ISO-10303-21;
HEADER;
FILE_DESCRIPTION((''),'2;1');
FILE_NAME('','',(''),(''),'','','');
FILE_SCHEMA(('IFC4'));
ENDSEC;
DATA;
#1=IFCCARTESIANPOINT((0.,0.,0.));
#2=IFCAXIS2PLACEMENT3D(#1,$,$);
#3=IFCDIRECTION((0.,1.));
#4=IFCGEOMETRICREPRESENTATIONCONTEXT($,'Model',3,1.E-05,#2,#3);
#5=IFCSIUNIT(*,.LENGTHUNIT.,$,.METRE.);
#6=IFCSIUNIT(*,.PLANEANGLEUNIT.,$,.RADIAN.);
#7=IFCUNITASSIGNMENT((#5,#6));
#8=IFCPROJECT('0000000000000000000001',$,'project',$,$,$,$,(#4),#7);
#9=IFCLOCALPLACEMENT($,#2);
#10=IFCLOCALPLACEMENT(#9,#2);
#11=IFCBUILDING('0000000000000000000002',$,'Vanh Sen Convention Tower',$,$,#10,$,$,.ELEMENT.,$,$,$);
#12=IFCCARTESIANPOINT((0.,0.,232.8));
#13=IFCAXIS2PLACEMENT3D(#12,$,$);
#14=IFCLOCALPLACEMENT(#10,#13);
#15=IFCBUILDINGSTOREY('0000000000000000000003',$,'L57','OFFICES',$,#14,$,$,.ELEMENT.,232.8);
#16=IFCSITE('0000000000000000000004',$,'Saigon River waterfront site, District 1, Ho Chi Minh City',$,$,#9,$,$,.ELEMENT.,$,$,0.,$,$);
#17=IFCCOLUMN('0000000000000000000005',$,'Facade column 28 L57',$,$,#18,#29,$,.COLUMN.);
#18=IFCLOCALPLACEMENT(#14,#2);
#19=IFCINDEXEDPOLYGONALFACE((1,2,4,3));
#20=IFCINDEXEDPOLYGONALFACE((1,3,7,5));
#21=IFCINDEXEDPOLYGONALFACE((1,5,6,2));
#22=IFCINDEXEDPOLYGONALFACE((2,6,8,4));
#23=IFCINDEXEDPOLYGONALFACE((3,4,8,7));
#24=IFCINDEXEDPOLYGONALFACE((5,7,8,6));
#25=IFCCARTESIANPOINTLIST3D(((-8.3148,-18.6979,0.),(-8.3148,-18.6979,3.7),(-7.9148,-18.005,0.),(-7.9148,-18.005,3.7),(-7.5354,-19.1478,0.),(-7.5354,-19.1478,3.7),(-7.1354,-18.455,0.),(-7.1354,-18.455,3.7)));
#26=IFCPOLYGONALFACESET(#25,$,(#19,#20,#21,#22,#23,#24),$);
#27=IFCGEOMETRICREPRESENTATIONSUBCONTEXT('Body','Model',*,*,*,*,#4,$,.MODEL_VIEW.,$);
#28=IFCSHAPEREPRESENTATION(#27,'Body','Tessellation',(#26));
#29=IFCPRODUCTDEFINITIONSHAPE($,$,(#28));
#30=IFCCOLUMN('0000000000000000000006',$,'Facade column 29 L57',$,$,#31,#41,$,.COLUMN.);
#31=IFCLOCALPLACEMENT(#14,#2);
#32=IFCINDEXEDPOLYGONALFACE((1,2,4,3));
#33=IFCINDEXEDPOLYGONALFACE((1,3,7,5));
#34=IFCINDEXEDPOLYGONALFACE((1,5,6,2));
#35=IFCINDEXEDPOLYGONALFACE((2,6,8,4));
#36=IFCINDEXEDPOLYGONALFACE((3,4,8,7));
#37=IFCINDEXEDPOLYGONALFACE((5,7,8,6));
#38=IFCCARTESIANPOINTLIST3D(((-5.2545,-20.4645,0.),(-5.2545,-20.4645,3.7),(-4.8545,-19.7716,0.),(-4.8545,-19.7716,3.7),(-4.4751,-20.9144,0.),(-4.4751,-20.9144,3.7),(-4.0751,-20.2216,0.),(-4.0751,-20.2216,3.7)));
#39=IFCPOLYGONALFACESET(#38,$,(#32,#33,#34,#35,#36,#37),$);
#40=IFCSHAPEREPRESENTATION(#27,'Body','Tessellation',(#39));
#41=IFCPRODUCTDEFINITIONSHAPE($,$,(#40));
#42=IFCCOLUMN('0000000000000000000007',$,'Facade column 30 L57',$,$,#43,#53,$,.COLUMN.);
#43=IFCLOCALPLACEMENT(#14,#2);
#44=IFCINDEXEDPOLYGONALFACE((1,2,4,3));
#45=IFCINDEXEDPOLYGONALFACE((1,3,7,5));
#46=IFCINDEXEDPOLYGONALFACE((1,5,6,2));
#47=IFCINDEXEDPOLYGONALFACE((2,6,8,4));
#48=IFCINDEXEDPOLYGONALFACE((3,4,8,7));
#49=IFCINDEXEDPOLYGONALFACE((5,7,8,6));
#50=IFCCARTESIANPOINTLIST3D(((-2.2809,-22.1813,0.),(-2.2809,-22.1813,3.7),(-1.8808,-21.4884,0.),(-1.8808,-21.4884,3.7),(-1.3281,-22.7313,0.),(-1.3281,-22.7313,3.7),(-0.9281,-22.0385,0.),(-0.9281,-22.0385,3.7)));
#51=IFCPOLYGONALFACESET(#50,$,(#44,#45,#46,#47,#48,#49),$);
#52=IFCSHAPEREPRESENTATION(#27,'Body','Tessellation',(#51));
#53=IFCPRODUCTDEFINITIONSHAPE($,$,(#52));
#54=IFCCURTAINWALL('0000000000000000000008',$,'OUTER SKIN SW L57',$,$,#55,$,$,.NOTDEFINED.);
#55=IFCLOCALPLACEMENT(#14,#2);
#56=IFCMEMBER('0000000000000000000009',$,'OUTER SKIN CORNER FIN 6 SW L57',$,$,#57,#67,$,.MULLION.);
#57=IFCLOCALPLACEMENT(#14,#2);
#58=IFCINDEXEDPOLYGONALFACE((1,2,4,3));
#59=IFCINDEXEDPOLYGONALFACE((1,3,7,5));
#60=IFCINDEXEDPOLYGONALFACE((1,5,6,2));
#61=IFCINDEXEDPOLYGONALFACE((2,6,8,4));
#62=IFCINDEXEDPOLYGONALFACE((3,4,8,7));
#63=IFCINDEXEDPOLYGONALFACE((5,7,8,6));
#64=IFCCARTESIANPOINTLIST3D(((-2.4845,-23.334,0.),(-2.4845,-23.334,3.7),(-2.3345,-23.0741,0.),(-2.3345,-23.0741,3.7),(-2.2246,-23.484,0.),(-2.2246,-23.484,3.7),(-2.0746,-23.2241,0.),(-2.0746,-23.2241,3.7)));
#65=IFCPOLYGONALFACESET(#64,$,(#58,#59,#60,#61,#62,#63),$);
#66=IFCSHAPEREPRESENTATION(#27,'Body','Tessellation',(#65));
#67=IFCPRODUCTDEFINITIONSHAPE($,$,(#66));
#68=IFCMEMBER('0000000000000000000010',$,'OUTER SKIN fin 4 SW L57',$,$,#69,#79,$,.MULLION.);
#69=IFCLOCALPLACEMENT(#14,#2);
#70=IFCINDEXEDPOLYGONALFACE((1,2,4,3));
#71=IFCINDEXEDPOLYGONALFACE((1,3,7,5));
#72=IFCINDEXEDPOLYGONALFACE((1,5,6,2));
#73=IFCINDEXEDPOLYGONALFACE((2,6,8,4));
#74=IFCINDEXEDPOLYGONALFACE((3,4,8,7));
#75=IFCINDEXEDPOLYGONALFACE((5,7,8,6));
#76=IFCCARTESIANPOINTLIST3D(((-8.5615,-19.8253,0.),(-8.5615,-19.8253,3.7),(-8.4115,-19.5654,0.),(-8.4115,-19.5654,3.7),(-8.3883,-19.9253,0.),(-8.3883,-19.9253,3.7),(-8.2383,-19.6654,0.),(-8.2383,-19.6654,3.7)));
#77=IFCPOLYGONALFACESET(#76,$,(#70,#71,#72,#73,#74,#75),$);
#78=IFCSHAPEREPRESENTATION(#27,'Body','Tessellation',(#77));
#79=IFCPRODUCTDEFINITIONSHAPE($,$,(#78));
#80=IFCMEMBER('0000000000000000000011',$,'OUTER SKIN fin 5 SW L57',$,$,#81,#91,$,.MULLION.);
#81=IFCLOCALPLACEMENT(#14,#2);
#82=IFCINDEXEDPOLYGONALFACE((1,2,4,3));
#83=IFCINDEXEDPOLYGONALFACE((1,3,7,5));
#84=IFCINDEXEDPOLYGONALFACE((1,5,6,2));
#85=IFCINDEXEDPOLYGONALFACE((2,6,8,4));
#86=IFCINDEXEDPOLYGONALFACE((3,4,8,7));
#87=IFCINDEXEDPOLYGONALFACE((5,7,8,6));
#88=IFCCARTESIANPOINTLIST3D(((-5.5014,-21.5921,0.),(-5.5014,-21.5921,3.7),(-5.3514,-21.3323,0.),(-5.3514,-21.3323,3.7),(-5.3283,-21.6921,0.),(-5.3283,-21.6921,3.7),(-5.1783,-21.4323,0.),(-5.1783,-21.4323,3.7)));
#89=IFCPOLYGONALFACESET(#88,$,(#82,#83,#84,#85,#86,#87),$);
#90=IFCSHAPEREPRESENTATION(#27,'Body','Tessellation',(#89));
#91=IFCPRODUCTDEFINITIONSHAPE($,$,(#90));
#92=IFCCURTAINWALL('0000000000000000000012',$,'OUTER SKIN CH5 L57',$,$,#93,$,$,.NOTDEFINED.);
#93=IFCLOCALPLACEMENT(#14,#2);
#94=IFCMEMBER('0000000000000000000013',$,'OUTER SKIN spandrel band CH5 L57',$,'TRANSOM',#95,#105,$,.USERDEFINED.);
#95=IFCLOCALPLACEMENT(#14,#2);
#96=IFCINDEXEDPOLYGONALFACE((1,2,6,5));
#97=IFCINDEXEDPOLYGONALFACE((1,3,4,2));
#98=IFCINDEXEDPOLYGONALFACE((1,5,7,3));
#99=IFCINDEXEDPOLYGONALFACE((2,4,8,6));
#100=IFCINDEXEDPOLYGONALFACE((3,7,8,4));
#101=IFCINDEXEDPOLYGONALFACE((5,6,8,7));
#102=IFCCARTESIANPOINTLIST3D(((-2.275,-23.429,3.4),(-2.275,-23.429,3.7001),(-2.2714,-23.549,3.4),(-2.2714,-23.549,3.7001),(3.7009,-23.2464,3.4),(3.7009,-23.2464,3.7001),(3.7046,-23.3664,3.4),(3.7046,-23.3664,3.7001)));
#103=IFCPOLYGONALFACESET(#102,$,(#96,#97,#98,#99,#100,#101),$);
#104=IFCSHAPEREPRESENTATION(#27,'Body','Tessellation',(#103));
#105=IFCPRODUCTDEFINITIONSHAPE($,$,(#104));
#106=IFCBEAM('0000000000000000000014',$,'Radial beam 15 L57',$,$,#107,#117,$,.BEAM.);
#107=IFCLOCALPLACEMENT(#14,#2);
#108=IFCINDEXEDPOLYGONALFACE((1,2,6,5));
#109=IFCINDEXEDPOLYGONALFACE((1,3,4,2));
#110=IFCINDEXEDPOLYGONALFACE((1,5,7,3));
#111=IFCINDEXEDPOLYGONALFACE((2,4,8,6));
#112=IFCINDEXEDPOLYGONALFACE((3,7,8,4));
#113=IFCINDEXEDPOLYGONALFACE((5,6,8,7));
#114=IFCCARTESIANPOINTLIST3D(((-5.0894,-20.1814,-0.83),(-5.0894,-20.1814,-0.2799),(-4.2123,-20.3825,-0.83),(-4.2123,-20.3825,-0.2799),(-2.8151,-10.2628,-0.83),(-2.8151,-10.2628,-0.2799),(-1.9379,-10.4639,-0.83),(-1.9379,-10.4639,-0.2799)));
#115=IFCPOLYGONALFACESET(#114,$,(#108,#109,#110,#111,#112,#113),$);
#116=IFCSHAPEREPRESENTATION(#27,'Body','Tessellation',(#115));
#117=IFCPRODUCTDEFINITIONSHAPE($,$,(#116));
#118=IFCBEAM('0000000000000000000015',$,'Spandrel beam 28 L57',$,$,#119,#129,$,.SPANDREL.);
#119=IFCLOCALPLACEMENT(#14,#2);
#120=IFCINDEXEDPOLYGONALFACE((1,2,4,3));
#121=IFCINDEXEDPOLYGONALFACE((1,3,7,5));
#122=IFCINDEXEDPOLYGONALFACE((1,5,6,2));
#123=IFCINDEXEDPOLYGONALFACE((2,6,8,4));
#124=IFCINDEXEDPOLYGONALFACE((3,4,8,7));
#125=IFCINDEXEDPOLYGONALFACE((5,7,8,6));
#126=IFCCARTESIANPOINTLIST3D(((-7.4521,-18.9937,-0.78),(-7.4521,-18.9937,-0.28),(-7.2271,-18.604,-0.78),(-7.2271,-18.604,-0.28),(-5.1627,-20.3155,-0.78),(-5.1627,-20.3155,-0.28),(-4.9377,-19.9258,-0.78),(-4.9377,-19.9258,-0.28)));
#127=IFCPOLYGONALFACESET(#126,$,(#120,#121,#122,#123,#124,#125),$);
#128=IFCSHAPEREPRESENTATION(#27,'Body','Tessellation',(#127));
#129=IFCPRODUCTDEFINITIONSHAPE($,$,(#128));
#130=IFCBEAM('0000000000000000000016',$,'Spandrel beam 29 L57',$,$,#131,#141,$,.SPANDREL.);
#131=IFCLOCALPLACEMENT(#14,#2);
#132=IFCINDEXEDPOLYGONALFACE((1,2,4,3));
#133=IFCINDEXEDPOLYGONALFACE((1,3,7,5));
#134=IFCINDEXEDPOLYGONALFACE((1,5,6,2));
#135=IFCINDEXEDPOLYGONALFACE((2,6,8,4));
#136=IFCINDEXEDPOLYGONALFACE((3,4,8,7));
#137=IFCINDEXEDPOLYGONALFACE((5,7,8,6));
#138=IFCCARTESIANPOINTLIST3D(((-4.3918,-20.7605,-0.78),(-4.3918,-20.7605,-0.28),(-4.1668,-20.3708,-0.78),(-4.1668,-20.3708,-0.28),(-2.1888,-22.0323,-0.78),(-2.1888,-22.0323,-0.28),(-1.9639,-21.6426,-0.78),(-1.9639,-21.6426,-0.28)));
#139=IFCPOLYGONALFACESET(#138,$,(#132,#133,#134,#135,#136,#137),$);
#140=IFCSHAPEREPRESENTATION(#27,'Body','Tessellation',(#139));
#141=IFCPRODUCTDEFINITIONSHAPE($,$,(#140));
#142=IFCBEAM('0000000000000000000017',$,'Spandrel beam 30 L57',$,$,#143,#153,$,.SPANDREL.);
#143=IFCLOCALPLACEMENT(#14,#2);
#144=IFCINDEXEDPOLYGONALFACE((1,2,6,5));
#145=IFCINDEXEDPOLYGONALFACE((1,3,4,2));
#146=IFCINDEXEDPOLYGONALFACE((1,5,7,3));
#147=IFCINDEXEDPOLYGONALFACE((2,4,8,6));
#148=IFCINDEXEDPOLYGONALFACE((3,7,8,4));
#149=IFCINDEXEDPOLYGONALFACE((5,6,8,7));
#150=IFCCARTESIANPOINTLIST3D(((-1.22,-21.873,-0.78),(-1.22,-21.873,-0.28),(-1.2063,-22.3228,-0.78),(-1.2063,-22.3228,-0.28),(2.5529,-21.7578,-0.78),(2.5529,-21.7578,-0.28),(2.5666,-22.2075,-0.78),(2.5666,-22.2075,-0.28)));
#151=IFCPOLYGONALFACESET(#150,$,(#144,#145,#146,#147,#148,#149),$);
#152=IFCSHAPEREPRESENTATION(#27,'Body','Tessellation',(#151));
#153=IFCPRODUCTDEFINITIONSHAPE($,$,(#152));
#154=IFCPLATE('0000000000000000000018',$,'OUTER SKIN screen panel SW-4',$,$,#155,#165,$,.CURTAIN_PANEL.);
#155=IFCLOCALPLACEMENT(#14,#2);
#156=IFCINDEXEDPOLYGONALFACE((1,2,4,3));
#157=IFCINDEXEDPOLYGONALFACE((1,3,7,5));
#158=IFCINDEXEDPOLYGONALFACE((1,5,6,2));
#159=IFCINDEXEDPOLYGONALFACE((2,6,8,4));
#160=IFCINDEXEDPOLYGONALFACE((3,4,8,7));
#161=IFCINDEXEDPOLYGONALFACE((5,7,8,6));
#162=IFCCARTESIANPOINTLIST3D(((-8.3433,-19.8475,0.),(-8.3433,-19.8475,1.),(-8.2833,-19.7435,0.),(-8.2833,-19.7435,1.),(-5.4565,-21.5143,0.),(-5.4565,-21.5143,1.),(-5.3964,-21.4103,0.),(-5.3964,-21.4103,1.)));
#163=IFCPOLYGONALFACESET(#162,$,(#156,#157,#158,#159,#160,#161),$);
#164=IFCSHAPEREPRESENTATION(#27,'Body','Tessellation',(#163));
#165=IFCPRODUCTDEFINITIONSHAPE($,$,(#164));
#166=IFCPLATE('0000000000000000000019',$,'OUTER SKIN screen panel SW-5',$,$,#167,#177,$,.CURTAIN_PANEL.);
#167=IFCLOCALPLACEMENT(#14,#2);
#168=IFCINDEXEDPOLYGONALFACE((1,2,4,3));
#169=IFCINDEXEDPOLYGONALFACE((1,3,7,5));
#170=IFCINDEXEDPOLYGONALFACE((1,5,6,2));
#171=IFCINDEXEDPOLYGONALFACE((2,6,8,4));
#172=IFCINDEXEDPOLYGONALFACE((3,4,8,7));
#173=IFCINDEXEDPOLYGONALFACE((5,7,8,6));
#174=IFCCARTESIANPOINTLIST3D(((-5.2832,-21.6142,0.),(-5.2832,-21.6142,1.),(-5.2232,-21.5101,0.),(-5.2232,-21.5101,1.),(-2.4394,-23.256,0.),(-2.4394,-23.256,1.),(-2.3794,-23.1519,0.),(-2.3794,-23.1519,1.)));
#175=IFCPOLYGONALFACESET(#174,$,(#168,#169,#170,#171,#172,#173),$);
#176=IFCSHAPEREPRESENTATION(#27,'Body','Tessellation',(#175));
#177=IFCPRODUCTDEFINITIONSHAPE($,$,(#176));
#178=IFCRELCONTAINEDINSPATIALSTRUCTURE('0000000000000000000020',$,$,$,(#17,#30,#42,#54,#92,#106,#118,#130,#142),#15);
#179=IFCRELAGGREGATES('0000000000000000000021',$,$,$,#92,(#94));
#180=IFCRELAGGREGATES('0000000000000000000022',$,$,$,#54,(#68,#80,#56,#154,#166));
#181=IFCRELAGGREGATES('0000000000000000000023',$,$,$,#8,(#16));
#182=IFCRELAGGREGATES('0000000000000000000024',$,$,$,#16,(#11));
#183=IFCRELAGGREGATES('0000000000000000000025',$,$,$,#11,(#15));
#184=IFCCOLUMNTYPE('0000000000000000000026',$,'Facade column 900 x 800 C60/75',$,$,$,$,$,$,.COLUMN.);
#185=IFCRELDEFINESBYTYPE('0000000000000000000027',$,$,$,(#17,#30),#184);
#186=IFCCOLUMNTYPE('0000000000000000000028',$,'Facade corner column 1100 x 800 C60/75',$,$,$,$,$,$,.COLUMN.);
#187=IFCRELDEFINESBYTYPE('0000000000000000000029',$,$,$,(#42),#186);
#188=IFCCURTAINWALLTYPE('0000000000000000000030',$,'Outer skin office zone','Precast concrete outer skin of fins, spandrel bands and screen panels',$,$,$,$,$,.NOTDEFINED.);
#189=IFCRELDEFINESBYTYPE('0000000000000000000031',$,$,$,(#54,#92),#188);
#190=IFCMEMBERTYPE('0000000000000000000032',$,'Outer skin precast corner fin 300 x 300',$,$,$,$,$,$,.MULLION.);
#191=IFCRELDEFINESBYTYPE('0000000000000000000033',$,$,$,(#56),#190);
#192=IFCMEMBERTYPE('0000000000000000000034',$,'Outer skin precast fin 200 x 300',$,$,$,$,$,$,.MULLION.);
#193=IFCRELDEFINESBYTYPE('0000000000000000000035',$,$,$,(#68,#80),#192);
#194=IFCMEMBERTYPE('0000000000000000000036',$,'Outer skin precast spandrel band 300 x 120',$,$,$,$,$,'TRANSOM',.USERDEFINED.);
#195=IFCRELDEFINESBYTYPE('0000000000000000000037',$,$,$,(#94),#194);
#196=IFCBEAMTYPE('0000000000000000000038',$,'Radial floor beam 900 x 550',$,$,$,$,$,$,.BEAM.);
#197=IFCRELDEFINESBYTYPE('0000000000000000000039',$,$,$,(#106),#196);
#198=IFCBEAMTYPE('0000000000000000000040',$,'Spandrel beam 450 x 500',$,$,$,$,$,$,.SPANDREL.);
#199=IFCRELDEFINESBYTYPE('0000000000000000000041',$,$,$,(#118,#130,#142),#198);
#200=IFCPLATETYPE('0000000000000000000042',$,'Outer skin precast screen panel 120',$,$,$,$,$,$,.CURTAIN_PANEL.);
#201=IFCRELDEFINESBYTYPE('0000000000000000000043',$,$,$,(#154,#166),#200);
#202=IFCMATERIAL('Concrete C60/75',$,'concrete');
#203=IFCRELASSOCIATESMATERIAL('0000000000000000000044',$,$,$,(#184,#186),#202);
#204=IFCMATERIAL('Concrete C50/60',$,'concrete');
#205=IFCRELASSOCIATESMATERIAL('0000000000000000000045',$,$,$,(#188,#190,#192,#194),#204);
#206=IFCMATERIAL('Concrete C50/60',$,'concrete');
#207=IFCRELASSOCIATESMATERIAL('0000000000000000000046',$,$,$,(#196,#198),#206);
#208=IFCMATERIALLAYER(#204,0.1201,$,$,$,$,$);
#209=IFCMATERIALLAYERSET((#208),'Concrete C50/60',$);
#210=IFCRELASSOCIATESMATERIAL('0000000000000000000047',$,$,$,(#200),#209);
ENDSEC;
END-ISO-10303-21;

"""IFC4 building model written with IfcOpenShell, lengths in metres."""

from ifc_helpers import new_model, si_unit, direction, frame, origin, origin_2d, place, context, subcontext, project, spatial, rectangle, extrude, material, layer, layer_set, material_profile, profile_set, type_object, element, aggregate, save


model = new_model("IFC4")

# Units and contexts
model_context = context("Model", 3, precision=1e-05, world=origin(), true_north=direction((0.0, 1.0)))
body_context = subcontext(model_context, "Body", "Model", "MODEL_VIEW")
ifc_project = project(units=[si_unit("LENGTHUNIT", "METRE"), si_unit("PLANEANGLEUNIT", "RADIAN")], contexts=[model_context])

# Site, building, storey
site_placement = place(None, origin())
site = spatial("IfcSite", under=ifc_project, at=site_placement, Name="Saigon River waterfront site, District 1, Ho Chi Minh City", CompositionType="ELEMENT", RefElevation=0.0)
building_placement = place(site_placement, origin())
building = spatial("IfcBuilding", under=site, at=building_placement, Name="Vanh Sen Convention Tower", CompositionType="ELEMENT")
storey_placement = place(building_placement, frame((0.0, 0.0, 232.8)))
storey = spatial("IfcBuildingStorey", under=building, at=storey_placement, Name="L57", Description="OFFICES", CompositionType="ELEMENT", Elevation=232.8)

# Columns
ifc_material_1 = material(Name="Concrete C60/75", Category="concrete")
ifc_material_profile_1 = material_profile(ifc_material_1, rectangle(XDim=0.8999, YDim=0.8, at=origin_2d()), Name="RC 900X800")
ifc_profile_set_1 = profile_set([ifc_material_profile_1], Name="Concrete C60/75")
column_type_1 = type_object("IfcColumnType", Name="Facade column 900 x 800 C60/75", PredefinedType="COLUMN", material=ifc_profile_set_1)
for number, where, z_axis, x_axis, name in (
    (1, (-7.7251, -18.5764, 0.0), (0.0, 0.0, 1.0), (0.866025, -0.5, 0.0), "Facade column 28 L57"),
    (2, (-4.6648, -20.343, 0.0), (0.0, 0.0, 1.0), (0.866025, -0.5, 0.0), "Facade column 29 L57"),
):
    element("IfcColumn", number, at=place(storey_placement, frame(where, z_axis=z_axis, x_axis=x_axis)), inside=storey, type_object=column_type_1, Name=name, PredefinedType="COLUMN", context=body_context, shape_type="SweptSolid", body=[
        extrude(rectangle(XDim=0.8999, YDim=0.8, at=origin_2d()), origin(), (0.0, 0.0, 1.0), 3.7),
    ])
ifc_material_profile_2 = material_profile(ifc_material_1, rectangle(XDim=1.1001, YDim=0.8, at=origin_2d()), Name="RC 1100X800")
ifc_profile_set_2 = profile_set([ifc_material_profile_2], Name="Concrete C60/75")
column_type_2 = type_object("IfcColumnType", Name="Facade corner column 1100 x 800 C60/75", PredefinedType="COLUMN", material=ifc_profile_set_2)
column_placement = place(storey_placement, frame((-1.6045, -22.1099, 0.0), z_axis=(0.0, 0.0, 1.0), x_axis=(0.866025, -0.5, 0.0)))
element("IfcColumn", 3, at=column_placement, inside=storey, type_object=column_type_2, Name="Facade column 30 L57", PredefinedType="COLUMN", context=body_context, shape_type="SweptSolid", body=[
    extrude(rectangle(XDim=1.1001, YDim=0.8, at=origin_2d()), origin(), (0.0, 0.0, 1.0), 3.7),
])

# Curtain wall, members
ifc_material_2 = material(Name="Concrete C50/60", Category="concrete")
curtain_wall_type = type_object("IfcCurtainWallType", Name="Outer skin office zone", Description="Precast concrete outer skin of fins, spandrel bands and screen panels", PredefinedType="NOTDEFINED", material=ifc_material_2)
curtain_wall_1_placement = place(storey_placement, origin())
curtain_wall_1 = element("IfcCurtainWall", 4, at=curtain_wall_1_placement, inside=storey, type_object=curtain_wall_type, Name="OUTER SKIN SW L57", PredefinedType="NOTDEFINED")
ifc_material_profile_3 = material_profile(ifc_material_2, rectangle(XDim=0.3, YDim=0.3, at=origin_2d()), Name="Outer skin precast corner fin 300 x 300")
ifc_profile_set_3 = profile_set([ifc_material_profile_3], Name="Concrete C50/60")
member_type_1 = type_object("IfcMemberType", Name="Outer skin precast corner fin 300 x 300", PredefinedType="MULLION", material=ifc_profile_set_3)
member_1_placement = place(storey_placement, frame((-2.2795, -23.2791, 0.0), z_axis=(0.0, 0.0, 1.0), x_axis=(0.866025, -0.5, 0.0)))
member_1 = element("IfcMember", 5, at=member_1_placement, type_object=member_type_1, Name="OUTER SKIN CORNER FIN 6 SW L57", PredefinedType="MULLION", context=body_context, shape_type="SweptSolid", body=[
    extrude(rectangle(XDim=0.3, YDim=0.3, at=origin_2d()), origin(), (0.0, 0.0, 1.0), 3.7),
])
ifc_material_profile_4 = material_profile(ifc_material_2, rectangle(XDim=0.2, YDim=0.3, at=origin_2d()), Name="Outer skin precast fin 200 x 300")
ifc_profile_set_4 = profile_set([ifc_material_profile_4], Name="Concrete C50/60")
member_type_2 = type_object("IfcMemberType", Name="Outer skin precast fin 200 x 300", PredefinedType="MULLION", material=ifc_profile_set_4)
member_2_placement = place(storey_placement, frame((-8.3999, -19.7454, 0.0), z_axis=(0.0, 0.0, 1.0), x_axis=(0.866025, -0.5, 0.0)))
member_2 = element("IfcMember", 6, at=member_2_placement, type_object=member_type_2, Name="OUTER SKIN fin 4 SW L57", PredefinedType="MULLION", context=body_context, shape_type="SweptSolid", body=[
    extrude(rectangle(XDim=0.2, YDim=0.3, at=origin_2d()), origin(), (0.0, 0.0, 1.0), 3.7),
])
member_3_placement = place(storey_placement, frame((-5.3398, -21.5122, 0.0), z_axis=(0.0, 0.0, 1.0), x_axis=(0.866025, -0.5, 0.0)))
member_3 = element("IfcMember", 7, at=member_3_placement, type_object=member_type_2, Name="OUTER SKIN fin 5 SW L57", PredefinedType="MULLION", context=body_context, shape_type="SweptSolid", body=[
    extrude(rectangle(XDim=0.2, YDim=0.3, at=origin_2d()), origin(), (0.0, 0.0, 1.0), 3.7),
])

# Curtain wall, member
curtain_wall_2_placement = place(storey_placement, origin())
curtain_wall_2 = element("IfcCurtainWall", 8, at=curtain_wall_2_placement, inside=storey, type_object=curtain_wall_type, Name="OUTER SKIN CH5 L57", PredefinedType="NOTDEFINED")
ifc_material_profile_5 = material_profile(ifc_material_2, rectangle(XDim=0.1201, YDim=0.3, at=origin_2d()), Name="Outer skin precast spandrel band 300 x 120")
ifc_profile_set_5 = profile_set([ifc_material_profile_5], Name="Concrete C50/60")
member_type_3 = type_object("IfcMemberType", Name="Outer skin precast spandrel band 300 x 120", ElementType="TRANSOM", PredefinedType="USERDEFINED", material=ifc_profile_set_5)
member_4_placement = place(storey_placement, frame((-2.2732, -23.489, 3.55), z_axis=(0.999533, 0.030544, 0.0), x_axis=(-0.030544, 0.999533, 0.0)))
member_4 = element("IfcMember", 9, at=member_4_placement, type_object=member_type_3, Name="OUTER SKIN spandrel band CH5 L57", ObjectType="TRANSOM", PredefinedType="USERDEFINED", context=body_context, shape_type="SweptSolid", body=[
    extrude(rectangle(XDim=0.1201, YDim=0.3, at=origin_2d()), origin(), (0.0, 0.0, 1.0), 5.9788),
])
aggregate(curtain_wall_2, [member_4])

# Beams
ifc_material_3 = material(Name="Concrete C50/60", Category="concrete")
ifc_material_profile_6 = material_profile(ifc_material_3, rectangle(XDim=0.8999, YDim=0.55, at=origin_2d()), Name="RC 900X550")
ifc_profile_set_6 = profile_set([ifc_material_profile_6], Name="Concrete C50/60")
beam_type_1 = type_object("IfcBeamType", Name="Radial floor beam 900 x 550", PredefinedType="BEAM", material=ifc_profile_set_6)
beam_1_placement = place(storey_placement, frame((-4.6509, -20.282, -0.5549), z_axis=(0.223505, 0.974703, 0.0), x_axis=(-0.974703, 0.223505, 0.0)))
element("IfcBeam", 10, at=beam_1_placement, inside=storey, type_object=beam_type_1, Name="Radial beam 15 L57", PredefinedType="BEAM", context=body_context, shape_type="SweptSolid", body=[
    extrude(rectangle(XDim=0.8999, YDim=0.55, at=origin_2d()), origin(), (0.0, 0.0, 1.0), 10.176),
])
ifc_material_profile_7 = material_profile(ifc_material_3, rectangle(XDim=0.45, YDim=0.5, at=origin_2d()), Name="RC 450X500")
ifc_profile_set_7 = profile_set([ifc_material_profile_7], Name="Concrete C50/60")
beam_type_2 = type_object("IfcBeamType", Name="Spandrel beam 450 x 500", PredefinedType="SPANDREL", material=ifc_profile_set_7)
beam_2_placement = place(storey_placement, frame((-7.3396, -18.7988, -0.53), z_axis=(0.866018, -0.500013, 0.0), x_axis=(0.500013, 0.866018, 0.0)))
element("IfcBeam", 11, at=beam_2_placement, inside=storey, type_object=beam_type_2, Name="Spandrel beam 28 L57", PredefinedType="SPANDREL", context=body_context, shape_type="SweptSolid", body=[
    extrude(rectangle(XDim=0.45, YDim=0.5, at=origin_2d()), origin(), (0.0, 0.0, 1.0), 2.6436),
])
beam_3_placement = place(storey_placement, frame((-4.2793, -20.5657, -0.53), z_axis=(0.866043, -0.499969, 0.0), x_axis=(0.499969, 0.866043, 0.0)))
element("IfcBeam", 12, at=beam_3_placement, inside=storey, type_object=beam_type_2, Name="Spandrel beam 29 L57", PredefinedType="SPANDREL", context=body_context, shape_type="SweptSolid", body=[
    extrude(rectangle(XDim=0.45, YDim=0.5, at=origin_2d()), origin(), (0.0, 0.0, 1.0), 2.5437),
])
beam_4_placement = place(storey_placement, frame((-1.2131, -22.0979, -0.53), z_axis=(0.999534, 0.030528, 0.0), x_axis=(-0.030528, 0.999534, 0.0)))
element("IfcBeam", 13, at=beam_4_placement, inside=storey, type_object=beam_type_2, Name="Spandrel beam 30 L57", PredefinedType="SPANDREL", context=body_context, shape_type="SweptSolid", body=[
    extrude(rectangle(XDim=0.45, YDim=0.5, at=origin_2d()), origin(), (0.0, 0.0, 1.0), 3.7747),
])

# Plates
ifc_layer_1 = layer(ifc_material_2, 0.1201)
ifc_layer_set_1 = layer_set([ifc_layer_1], Name="Concrete C50/60")
plate_type = type_object("IfcPlateType", Name="Outer skin precast screen panel 120", PredefinedType="CURTAIN_PANEL", material=ifc_layer_set_1)
plate_1_placement = place(storey_placement, frame((-6.8699, -20.6289, 0.0), z_axis=(0.0, 0.0, 1.0), x_axis=(0.866026, -0.499998, 0.0)))
plate_1 = element("IfcPlate", 14, at=plate_1_placement, type_object=plate_type, Name="OUTER SKIN screen panel SW-4", PredefinedType="CURTAIN_PANEL", context=body_context, shape_type="SweptSolid", body=[
    extrude(rectangle(XDim=3.3335, YDim=0.1201, at=origin_2d()), origin(), (0.0, 0.0, 1.0), 1.0),
])
plate_2_placement = place(storey_placement, frame((-3.8313, -22.3831, 0.0), z_axis=(0.0, 0.0, 1.0), x_axis=(0.866033, -0.499986, 0.0)))
plate_2 = element("IfcPlate", 15, at=plate_2_placement, type_object=plate_type, Name="OUTER SKIN screen panel SW-5", PredefinedType="CURTAIN_PANEL", context=body_context, shape_type="SweptSolid", body=[
    extrude(rectangle(XDim=3.2837, YDim=0.1201, at=origin_2d()), origin(), (0.0, 0.0, 1.0), 1.0),
])
aggregate(curtain_wall_1, [member_2, member_3, member_1, plate_1, plate_2])

save(model, "model.ifc")
